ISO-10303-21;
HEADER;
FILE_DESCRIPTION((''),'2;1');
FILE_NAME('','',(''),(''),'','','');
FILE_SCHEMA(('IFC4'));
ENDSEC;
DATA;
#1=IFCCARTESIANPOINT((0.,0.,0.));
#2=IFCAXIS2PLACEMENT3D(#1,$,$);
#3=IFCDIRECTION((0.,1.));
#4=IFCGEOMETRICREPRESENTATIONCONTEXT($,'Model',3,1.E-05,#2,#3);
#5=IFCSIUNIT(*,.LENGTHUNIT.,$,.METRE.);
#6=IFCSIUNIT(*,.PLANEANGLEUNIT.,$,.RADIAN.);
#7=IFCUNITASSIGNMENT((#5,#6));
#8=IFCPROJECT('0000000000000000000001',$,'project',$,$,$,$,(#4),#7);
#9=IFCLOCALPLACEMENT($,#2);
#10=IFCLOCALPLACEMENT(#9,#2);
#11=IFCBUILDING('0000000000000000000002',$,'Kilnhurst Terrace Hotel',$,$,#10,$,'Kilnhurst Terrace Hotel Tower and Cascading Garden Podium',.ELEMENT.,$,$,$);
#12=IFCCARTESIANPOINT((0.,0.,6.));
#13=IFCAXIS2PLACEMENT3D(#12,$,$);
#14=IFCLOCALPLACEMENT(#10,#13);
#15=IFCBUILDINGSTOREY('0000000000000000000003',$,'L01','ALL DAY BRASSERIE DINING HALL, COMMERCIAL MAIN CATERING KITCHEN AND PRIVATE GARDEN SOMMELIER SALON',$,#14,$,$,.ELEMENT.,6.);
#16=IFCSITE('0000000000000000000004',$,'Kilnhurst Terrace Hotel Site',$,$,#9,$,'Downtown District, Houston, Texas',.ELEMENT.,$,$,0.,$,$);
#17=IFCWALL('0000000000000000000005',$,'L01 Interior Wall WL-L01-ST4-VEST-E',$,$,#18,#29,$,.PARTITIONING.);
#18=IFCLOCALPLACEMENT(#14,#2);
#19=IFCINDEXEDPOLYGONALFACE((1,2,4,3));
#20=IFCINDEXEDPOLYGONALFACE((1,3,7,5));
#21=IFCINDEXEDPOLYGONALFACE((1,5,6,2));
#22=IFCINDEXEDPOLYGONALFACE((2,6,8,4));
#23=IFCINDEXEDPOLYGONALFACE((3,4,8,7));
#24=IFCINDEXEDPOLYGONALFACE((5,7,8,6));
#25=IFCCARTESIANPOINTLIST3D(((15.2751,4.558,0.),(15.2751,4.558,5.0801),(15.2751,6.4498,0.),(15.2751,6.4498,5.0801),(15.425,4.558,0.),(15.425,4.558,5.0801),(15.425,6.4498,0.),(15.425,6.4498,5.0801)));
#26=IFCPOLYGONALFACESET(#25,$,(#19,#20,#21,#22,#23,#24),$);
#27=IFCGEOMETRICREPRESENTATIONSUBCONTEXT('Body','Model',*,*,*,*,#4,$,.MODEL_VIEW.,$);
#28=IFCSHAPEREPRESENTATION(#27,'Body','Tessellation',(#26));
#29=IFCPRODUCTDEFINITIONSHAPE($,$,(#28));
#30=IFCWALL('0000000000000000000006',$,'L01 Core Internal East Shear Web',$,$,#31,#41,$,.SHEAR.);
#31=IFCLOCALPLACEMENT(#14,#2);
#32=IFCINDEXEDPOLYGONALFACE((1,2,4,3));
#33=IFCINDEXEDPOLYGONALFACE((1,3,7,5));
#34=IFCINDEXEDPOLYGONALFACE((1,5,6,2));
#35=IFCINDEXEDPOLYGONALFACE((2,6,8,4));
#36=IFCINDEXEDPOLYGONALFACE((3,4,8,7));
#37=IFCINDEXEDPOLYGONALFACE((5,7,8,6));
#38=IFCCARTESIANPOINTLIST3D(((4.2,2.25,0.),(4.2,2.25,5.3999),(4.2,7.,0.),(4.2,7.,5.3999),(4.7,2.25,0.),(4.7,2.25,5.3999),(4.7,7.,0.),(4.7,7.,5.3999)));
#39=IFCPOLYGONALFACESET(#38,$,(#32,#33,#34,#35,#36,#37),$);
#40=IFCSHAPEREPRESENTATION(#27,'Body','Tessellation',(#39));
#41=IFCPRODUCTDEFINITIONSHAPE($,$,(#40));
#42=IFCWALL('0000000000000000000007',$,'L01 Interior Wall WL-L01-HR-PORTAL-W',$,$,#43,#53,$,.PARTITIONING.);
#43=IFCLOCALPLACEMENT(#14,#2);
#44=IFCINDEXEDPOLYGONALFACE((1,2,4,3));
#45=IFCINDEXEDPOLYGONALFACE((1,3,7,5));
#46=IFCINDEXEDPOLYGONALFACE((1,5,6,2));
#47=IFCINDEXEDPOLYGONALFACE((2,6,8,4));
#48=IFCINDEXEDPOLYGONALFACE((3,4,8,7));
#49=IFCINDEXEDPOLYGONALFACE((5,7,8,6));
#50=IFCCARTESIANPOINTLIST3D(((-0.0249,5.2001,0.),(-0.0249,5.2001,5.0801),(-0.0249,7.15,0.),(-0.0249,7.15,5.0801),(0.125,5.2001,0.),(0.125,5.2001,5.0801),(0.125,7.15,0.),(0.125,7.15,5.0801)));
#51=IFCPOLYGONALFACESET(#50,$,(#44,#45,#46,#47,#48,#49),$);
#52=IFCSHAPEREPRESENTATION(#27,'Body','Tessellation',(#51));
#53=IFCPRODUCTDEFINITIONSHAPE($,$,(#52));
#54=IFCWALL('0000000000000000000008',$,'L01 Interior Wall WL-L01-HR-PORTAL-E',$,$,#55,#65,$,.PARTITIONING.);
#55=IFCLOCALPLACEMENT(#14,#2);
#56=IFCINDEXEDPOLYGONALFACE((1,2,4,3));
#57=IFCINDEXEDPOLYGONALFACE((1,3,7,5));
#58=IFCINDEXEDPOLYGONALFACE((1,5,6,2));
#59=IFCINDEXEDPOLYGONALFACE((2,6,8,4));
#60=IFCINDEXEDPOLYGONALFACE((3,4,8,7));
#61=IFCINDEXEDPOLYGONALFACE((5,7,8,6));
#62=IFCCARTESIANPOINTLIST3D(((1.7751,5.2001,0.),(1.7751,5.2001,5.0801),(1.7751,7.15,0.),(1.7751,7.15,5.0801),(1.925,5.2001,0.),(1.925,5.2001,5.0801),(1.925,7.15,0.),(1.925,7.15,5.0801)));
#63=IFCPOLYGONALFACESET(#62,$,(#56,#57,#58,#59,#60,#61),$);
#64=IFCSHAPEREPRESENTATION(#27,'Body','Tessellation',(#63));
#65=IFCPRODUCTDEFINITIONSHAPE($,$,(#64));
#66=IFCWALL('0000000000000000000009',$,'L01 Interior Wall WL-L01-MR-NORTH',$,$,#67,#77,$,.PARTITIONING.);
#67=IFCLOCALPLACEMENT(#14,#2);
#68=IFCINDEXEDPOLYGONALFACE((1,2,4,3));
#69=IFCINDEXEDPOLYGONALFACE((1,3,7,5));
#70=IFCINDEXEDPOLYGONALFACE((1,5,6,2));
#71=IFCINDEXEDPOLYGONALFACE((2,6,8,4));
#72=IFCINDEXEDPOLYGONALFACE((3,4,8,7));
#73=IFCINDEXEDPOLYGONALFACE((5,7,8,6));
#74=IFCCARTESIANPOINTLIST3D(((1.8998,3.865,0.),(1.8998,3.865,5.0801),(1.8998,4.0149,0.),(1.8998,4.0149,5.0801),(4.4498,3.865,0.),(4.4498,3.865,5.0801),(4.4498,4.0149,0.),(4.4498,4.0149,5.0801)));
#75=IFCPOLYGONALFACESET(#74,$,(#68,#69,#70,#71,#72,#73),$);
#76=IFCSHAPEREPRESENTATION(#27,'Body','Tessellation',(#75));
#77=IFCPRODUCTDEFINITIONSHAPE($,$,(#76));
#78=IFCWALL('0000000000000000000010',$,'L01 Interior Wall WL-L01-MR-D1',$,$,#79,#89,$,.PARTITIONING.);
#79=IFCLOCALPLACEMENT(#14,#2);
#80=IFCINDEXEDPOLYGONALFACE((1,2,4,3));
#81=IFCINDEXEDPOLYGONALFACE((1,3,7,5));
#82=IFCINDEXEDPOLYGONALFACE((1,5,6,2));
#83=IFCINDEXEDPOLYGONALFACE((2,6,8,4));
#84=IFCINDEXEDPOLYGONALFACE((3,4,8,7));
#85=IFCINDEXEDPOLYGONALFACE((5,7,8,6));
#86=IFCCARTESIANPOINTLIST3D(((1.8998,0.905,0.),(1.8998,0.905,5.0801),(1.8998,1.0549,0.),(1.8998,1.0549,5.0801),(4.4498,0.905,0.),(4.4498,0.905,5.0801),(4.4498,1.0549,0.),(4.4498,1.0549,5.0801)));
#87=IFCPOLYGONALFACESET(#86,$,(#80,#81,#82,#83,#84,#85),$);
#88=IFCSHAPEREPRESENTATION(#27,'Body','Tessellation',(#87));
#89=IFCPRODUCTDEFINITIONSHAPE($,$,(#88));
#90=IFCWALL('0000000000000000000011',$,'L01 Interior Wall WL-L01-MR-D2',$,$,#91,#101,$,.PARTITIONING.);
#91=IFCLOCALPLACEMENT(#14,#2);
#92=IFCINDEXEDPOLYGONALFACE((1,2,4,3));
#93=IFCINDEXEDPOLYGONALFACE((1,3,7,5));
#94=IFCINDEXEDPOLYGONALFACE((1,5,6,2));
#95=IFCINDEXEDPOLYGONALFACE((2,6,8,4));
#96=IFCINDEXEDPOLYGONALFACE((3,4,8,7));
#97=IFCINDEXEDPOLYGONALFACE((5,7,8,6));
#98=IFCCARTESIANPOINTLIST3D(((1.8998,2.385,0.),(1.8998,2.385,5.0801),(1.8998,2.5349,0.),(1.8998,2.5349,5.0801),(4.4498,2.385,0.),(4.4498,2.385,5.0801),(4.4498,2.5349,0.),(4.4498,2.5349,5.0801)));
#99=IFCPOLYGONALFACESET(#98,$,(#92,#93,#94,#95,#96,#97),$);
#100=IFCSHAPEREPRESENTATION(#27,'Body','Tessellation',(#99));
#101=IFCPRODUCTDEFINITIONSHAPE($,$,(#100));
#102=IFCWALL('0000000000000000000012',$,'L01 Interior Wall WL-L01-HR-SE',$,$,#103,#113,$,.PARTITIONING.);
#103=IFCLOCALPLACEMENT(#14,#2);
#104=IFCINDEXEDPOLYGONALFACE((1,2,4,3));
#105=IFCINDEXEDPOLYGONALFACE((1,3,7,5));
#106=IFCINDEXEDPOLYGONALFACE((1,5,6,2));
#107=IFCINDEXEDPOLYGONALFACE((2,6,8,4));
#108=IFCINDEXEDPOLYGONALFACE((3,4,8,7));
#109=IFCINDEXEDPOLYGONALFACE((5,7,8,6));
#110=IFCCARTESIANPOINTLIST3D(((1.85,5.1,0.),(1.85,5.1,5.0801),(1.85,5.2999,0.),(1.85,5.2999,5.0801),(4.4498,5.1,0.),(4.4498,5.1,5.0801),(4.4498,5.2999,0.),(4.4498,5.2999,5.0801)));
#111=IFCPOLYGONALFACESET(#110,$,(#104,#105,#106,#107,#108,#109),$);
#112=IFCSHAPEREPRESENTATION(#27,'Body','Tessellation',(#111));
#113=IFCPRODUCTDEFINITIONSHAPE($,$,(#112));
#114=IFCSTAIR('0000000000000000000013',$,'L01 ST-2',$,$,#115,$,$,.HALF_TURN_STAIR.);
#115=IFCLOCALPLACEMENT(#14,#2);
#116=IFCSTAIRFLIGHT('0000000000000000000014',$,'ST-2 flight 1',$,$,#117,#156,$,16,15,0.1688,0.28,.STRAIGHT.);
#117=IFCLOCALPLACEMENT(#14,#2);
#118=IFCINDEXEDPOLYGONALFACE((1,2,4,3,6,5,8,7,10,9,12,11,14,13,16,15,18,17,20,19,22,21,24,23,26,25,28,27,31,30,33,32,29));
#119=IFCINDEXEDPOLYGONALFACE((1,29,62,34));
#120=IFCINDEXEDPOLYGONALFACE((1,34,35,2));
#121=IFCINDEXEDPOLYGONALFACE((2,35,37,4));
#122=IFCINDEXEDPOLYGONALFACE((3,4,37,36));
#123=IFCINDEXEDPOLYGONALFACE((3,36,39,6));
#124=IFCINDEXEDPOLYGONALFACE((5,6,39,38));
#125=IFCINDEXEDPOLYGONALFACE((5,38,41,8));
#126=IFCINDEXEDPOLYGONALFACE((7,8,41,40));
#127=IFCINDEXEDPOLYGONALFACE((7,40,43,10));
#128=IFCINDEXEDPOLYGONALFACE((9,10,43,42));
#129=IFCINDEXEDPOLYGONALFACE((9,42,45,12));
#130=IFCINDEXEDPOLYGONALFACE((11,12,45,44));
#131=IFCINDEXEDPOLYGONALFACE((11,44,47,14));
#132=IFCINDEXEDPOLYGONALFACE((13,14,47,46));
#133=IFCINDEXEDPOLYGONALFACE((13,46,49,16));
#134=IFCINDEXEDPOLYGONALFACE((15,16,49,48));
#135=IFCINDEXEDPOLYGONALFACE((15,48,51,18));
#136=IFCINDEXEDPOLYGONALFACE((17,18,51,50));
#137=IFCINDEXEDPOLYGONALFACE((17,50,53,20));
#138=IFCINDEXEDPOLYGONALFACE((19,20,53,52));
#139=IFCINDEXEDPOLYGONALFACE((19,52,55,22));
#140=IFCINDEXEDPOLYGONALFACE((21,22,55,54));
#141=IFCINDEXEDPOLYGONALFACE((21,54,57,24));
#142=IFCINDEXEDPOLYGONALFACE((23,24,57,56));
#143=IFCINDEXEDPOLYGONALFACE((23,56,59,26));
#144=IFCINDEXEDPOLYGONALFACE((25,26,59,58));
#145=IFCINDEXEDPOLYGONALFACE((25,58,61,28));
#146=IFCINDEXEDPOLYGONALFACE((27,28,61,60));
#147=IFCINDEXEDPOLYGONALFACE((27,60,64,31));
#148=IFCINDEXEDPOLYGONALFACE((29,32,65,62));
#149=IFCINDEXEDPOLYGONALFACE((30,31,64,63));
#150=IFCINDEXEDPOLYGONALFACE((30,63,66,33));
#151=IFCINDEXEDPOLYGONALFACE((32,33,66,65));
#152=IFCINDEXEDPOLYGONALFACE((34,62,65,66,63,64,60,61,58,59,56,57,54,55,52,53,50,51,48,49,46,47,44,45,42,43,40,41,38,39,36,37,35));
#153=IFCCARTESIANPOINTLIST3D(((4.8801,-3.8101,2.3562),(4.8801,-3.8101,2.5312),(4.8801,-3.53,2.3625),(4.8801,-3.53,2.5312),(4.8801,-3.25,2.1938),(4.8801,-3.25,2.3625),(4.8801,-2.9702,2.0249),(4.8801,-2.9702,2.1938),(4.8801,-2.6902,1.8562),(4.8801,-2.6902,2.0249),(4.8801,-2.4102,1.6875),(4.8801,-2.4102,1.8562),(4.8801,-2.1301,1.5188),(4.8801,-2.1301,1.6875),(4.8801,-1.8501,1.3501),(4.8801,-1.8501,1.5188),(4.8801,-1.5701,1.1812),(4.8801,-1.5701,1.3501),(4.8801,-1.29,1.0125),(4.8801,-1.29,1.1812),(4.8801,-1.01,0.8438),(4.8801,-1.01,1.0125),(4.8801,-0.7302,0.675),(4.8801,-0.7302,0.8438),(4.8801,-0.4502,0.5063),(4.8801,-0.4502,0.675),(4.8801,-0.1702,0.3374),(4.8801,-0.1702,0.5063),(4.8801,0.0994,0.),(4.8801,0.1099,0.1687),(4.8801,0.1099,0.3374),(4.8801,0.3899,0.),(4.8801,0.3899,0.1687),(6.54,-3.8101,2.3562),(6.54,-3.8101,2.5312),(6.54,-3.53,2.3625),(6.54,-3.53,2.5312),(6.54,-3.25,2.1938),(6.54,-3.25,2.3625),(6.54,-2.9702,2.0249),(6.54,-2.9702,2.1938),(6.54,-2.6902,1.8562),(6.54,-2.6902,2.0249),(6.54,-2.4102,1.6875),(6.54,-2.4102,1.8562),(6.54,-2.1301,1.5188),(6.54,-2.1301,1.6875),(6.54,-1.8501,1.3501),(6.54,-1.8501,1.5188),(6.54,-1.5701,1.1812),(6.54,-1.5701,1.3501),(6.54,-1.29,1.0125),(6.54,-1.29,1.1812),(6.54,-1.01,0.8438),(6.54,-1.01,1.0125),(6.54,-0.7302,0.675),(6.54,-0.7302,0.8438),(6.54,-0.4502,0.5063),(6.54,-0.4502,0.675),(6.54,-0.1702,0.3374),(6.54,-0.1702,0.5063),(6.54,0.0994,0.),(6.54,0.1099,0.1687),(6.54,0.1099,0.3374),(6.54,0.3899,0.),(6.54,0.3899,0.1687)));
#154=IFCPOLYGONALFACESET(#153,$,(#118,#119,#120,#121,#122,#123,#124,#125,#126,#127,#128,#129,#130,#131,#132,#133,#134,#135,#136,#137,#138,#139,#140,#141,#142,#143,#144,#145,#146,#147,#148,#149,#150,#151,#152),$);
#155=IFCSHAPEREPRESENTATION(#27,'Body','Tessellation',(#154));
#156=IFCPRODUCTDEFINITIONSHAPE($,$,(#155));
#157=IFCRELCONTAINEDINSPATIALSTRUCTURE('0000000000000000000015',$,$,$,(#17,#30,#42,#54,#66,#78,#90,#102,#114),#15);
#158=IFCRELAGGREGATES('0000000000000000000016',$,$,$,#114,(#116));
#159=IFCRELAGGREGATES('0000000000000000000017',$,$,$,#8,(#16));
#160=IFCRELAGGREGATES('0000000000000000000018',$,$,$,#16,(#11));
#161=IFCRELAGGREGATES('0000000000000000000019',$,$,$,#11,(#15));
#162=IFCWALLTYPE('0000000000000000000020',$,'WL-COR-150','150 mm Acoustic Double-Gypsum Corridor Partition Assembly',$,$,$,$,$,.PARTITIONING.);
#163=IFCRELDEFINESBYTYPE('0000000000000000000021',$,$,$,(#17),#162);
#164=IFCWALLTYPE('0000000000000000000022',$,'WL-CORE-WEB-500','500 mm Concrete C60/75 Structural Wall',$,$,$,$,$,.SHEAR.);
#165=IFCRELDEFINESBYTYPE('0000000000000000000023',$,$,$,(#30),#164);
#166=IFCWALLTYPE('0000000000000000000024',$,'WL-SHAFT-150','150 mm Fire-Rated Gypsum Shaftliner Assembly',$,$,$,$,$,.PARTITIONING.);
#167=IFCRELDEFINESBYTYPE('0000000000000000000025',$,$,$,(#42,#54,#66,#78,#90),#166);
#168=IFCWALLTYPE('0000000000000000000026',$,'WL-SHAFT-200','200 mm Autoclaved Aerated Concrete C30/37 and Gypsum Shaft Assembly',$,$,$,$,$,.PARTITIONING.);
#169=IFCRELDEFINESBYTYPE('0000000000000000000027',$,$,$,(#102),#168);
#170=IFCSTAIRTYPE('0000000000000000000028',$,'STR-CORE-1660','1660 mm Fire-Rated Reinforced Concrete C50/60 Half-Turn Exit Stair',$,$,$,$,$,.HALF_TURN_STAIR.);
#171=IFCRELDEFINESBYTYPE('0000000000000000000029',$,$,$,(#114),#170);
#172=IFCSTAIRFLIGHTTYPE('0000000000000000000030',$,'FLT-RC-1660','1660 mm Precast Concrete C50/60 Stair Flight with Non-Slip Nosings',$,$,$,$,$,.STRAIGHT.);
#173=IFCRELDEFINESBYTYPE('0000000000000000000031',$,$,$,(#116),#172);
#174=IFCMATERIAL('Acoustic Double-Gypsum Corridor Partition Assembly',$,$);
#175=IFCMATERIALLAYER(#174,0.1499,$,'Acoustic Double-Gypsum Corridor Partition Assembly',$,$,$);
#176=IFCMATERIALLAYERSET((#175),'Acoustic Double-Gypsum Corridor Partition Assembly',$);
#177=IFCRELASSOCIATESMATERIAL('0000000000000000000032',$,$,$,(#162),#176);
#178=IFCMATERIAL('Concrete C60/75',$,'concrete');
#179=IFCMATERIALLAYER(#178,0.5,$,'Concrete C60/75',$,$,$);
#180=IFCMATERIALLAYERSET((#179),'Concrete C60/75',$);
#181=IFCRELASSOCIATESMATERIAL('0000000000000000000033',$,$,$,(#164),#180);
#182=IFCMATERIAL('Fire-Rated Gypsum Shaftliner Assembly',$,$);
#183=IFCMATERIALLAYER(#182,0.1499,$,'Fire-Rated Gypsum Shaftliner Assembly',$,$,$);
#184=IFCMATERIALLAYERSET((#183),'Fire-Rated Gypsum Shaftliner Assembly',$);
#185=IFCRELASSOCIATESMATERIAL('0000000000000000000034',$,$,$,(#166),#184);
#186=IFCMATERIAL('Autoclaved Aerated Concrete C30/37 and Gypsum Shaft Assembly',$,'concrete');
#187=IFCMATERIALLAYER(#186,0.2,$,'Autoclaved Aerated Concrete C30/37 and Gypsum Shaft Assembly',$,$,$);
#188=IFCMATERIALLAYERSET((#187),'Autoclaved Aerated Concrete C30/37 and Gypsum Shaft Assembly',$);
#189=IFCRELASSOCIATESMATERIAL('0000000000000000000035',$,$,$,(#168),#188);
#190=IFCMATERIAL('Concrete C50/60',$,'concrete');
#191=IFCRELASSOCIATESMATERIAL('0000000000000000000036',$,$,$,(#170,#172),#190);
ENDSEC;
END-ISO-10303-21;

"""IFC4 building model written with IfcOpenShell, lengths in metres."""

from ifc_helpers import new_model, si_unit, direction, frame, frame_2d, origin, place, context, subcontext, project, spatial, polyline, rectangle, outline, extrude, material, layer, layer_set, type_object, element, aggregate, save


model = new_model("IFC4")

# Units and contexts
model_context = context("Model", 3, precision=1e-05, world=origin(), true_north=direction((0.0, 1.0)))
body_context = subcontext(model_context, "Body", "Model", "MODEL_VIEW")
ifc_project = project(units=[si_unit("LENGTHUNIT", "METRE"), si_unit("PLANEANGLEUNIT", "RADIAN")], contexts=[model_context])

# Site, building, storey
site_placement = place(None, origin())
site = spatial("IfcSite", under=ifc_project, at=site_placement, Name="Kilnhurst Terrace Hotel Site", LongName="Downtown District, Houston, Texas", CompositionType="ELEMENT", RefElevation=0.0)
building_placement = place(site_placement, origin())
building = spatial("IfcBuilding", under=site, at=building_placement, Name="Kilnhurst Terrace Hotel", LongName="Kilnhurst Terrace Hotel Tower and Cascading Garden Podium", CompositionType="ELEMENT")
storey_placement = place(building_placement, frame((0.0, 0.0, 6.0)))
storey = spatial("IfcBuildingStorey", under=building, at=storey_placement, Name="L01", Description="ALL DAY BRASSERIE DINING HALL, COMMERCIAL MAIN CATERING KITCHEN AND PRIVATE GARDEN SOMMELIER SALON", CompositionType="ELEMENT", Elevation=6.0)

# Walls
ifc_material_1 = material(Name="Acoustic Double-Gypsum Corridor Partition Assembly")
ifc_layer_1 = layer(ifc_material_1, 0.1499, Name="Acoustic Double-Gypsum Corridor Partition Assembly")
ifc_layer_set_1 = layer_set([ifc_layer_1], Name="Acoustic Double-Gypsum Corridor Partition Assembly")
wall_type_1 = type_object("IfcWallType", Name="WL-COR-150", Description="150 mm Acoustic Double-Gypsum Corridor Partition Assembly", PredefinedType="PARTITIONING", material=ifc_layer_set_1)
wall_1_placement = place(storey_placement, frame((15.3501, 4.5581, 0.0), z_axis=(0.0, 0.0, 1.0), x_axis=(0.0, 1.0, 0.0)))
element("IfcWall", 1, at=wall_1_placement, inside=storey, type_object=wall_type_1, Name="L01 Interior Wall WL-L01-ST4-VEST-E", PredefinedType="PARTITIONING", context=body_context, shape_type="SweptSolid", body=[
    extrude(rectangle(XDim=1.8918, YDim=0.1499, at=frame_2d((0.9458, 0.0))), origin(), (0.0, 0.0, 1.0), 5.0801),
])
ifc_material_2 = material(Name="Concrete C60/75", Category="concrete")
ifc_layer_2 = layer(ifc_material_2, 0.5, Name="Concrete C60/75")
ifc_layer_set_2 = layer_set([ifc_layer_2], Name="Concrete C60/75")
wall_type_2 = type_object("IfcWallType", Name="WL-CORE-WEB-500", Description="500 mm Concrete C60/75 Structural Wall", PredefinedType="SHEAR", material=ifc_layer_set_2)
wall_2_placement = place(storey_placement, frame((4.45, 2.25, 0.0), z_axis=(0.0, 0.0, 1.0), x_axis=(0.0, 1.0, 0.0)))
element("IfcWall", 2, at=wall_2_placement, inside=storey, type_object=wall_type_2, Name="L01 Core Internal East Shear Web", PredefinedType="SHEAR", context=body_context, shape_type="SweptSolid", body=[
    extrude(rectangle(XDim=4.75, YDim=0.5, at=frame_2d((2.375, 0.0))), origin(), (0.0, 0.0, 1.0), 5.3999),
])
ifc_material_3 = material(Name="Fire-Rated Gypsum Shaftliner Assembly")
ifc_layer_3 = layer(ifc_material_3, 0.1499, Name="Fire-Rated Gypsum Shaftliner Assembly")
ifc_layer_set_3 = layer_set([ifc_layer_3], Name="Fire-Rated Gypsum Shaftliner Assembly")
wall_type_3 = type_object("IfcWallType", Name="WL-SHAFT-150", Description="150 mm Fire-Rated Gypsum Shaftliner Assembly", PredefinedType="PARTITIONING", material=ifc_layer_set_3)
for number, where, z_axis, x_axis, name in (
    (3, (0.05, 5.2, 0.0), (0.0, 0.0, 1.0), (0.0, 1.0, 0.0), "L01 Interior Wall WL-L01-HR-PORTAL-W"),
    (4, (1.8501, 5.2, 0.0), (0.0, 0.0, 1.0), (0.0, 1.0, 0.0), "L01 Interior Wall WL-L01-HR-PORTAL-E"),
):
    element("IfcWall", number, at=place(storey_placement, frame(where, z_axis=z_axis, x_axis=x_axis)), inside=storey, type_object=wall_type_3, Name=name, PredefinedType="PARTITIONING", context=body_context, shape_type="SweptSolid", body=[
        extrude(rectangle(XDim=1.95, YDim=0.1499, at=frame_2d((0.9751, 0.0))), origin(), (0.0, 0.0, 1.0), 5.0801),
    ])
for number, where, z_axis, x_axis, name in (
    (5, (1.8999, 3.9399, 0.0), (0.0, 0.0, 1.0), (1.0, 0.0, 0.0), "L01 Interior Wall WL-L01-MR-NORTH"),
    (6, (1.8999, 0.98, 0.0), (0.0, 0.0, 1.0), (1.0, 0.0, 0.0), "L01 Interior Wall WL-L01-MR-D1"),
    (7, (1.8999, 2.46, 0.0), (0.0, 0.0, 1.0), (1.0, 0.0, 0.0), "L01 Interior Wall WL-L01-MR-D2"),
):
    element("IfcWall", number, at=place(storey_placement, frame(where, z_axis=z_axis, x_axis=x_axis)), inside=storey, type_object=wall_type_3, Name=name, PredefinedType="PARTITIONING", context=body_context, shape_type="SweptSolid", body=[
        extrude(rectangle(XDim=2.55, YDim=0.1499, at=frame_2d((1.2749, 0.0))), origin(), (0.0, 0.0, 1.0), 5.0801),
    ])
ifc_material_4 = material(Name="Autoclaved Aerated Concrete C30/37 and Gypsum Shaft Assembly", Category="concrete")
ifc_layer_4 = layer(ifc_material_4, 0.2, Name="Autoclaved Aerated Concrete C30/37 and Gypsum Shaft Assembly")
ifc_layer_set_4 = layer_set([ifc_layer_4], Name="Autoclaved Aerated Concrete C30/37 and Gypsum Shaft Assembly")
wall_type_4 = type_object("IfcWallType", Name="WL-SHAFT-200", Description="200 mm Autoclaved Aerated Concrete C30/37 and Gypsum Shaft Assembly", PredefinedType="PARTITIONING", material=ifc_layer_set_4)
wall_3_placement = place(storey_placement, frame((1.8501, 5.2, 0.0), z_axis=(0.0, 0.0, 1.0), x_axis=(1.0, 0.0, 0.0)))
element("IfcWall", 8, at=wall_3_placement, inside=storey, type_object=wall_type_4, Name="L01 Interior Wall WL-L01-HR-SE", PredefinedType="PARTITIONING", context=body_context, shape_type="SweptSolid", body=[
    extrude(rectangle(XDim=2.5999, YDim=0.2, at=frame_2d((1.2998, 0.0))), origin(), (0.0, 0.0, 1.0), 5.0801),
])

# Shared definitions
ifc_material_5 = material(Name="Concrete C50/60", Category="concrete")

# Stair, stair flight
stair_type_1 = type_object("IfcStairType", Name="STR-CORE-1660", Description="1660 mm Fire-Rated Reinforced Concrete C50/60 Half-Turn Exit Stair", PredefinedType="HALF_TURN_STAIR", material=ifc_material_5)
stair_1_placement = place(storey_placement, origin())
stair_1 = element("IfcStair", 9, at=stair_1_placement, inside=storey, type_object=stair_type_1, Name="L01 ST-2", PredefinedType="HALF_TURN_STAIR")
stair_flight_type = type_object("IfcStairFlightType", Name="FLT-RC-1660", Description="1660 mm Precast Concrete C50/60 Stair Flight with Non-Slip Nosings", PredefinedType="STRAIGHT", material=ifc_material_5)
stair_flight_1_placement = place(storey_placement, frame((5.71, 0.3899, 0.0), z_axis=(0.0, 0.0, 1.0), x_axis=(0.0, -1.0, 0.0)))
stair_flight_1 = element("IfcStairFlight", 10, at=stair_flight_1_placement, type_object=stair_flight_type, Name="ST-2 flight 1", NumberOfRisers=16, NumberOfTreads=15, PredefinedType="STRAIGHT", RiserHeight=0.1688, TreadLength=0.28, context=body_context, shape_type="SweptSolid", body=[
    extrude(outline(polyline([(0.0, 0.0), (0.0, 0.1687), (0.28, 0.1687), (0.28, 0.3374), (0.5601, 0.3374), (0.5601, 0.5063), (0.8401, 0.5063), (0.8401, 0.675), (1.1201, 0.675), (1.1201, 0.8438), (1.3999, 0.8438), (1.3999, 1.0125), (1.6799, 1.0125), (1.6799, 1.1812), (1.96, 1.1812), (1.96, 1.3501), (2.24, 1.3501), (2.24, 1.5188), (2.52, 1.5188), (2.52, 1.6875), (2.8, 1.6875), (2.8, 1.8562), (3.0801, 1.8562), (3.0801, 2.0249), (3.3601, 2.0249), (3.3601, 2.1938), (3.6399, 2.1938), (3.6399, 2.3625), (3.9199, 2.3625), (3.9199, 2.5312), (4.2, 2.5312), (4.2, 2.7), (4.2, 2.3562), (0.2905, 0.0), (0.0, 0.0)])), frame((0.0, 0.8301, 0.0), z_axis=(0.0, -1.0, 0.0), x_axis=(1.0, 0.0, 0.0)), (0.0, 0.0, 1.0), 1.6599),
])
aggregate(stair_1, [stair_flight_1])

save(model, "model.ifc")
